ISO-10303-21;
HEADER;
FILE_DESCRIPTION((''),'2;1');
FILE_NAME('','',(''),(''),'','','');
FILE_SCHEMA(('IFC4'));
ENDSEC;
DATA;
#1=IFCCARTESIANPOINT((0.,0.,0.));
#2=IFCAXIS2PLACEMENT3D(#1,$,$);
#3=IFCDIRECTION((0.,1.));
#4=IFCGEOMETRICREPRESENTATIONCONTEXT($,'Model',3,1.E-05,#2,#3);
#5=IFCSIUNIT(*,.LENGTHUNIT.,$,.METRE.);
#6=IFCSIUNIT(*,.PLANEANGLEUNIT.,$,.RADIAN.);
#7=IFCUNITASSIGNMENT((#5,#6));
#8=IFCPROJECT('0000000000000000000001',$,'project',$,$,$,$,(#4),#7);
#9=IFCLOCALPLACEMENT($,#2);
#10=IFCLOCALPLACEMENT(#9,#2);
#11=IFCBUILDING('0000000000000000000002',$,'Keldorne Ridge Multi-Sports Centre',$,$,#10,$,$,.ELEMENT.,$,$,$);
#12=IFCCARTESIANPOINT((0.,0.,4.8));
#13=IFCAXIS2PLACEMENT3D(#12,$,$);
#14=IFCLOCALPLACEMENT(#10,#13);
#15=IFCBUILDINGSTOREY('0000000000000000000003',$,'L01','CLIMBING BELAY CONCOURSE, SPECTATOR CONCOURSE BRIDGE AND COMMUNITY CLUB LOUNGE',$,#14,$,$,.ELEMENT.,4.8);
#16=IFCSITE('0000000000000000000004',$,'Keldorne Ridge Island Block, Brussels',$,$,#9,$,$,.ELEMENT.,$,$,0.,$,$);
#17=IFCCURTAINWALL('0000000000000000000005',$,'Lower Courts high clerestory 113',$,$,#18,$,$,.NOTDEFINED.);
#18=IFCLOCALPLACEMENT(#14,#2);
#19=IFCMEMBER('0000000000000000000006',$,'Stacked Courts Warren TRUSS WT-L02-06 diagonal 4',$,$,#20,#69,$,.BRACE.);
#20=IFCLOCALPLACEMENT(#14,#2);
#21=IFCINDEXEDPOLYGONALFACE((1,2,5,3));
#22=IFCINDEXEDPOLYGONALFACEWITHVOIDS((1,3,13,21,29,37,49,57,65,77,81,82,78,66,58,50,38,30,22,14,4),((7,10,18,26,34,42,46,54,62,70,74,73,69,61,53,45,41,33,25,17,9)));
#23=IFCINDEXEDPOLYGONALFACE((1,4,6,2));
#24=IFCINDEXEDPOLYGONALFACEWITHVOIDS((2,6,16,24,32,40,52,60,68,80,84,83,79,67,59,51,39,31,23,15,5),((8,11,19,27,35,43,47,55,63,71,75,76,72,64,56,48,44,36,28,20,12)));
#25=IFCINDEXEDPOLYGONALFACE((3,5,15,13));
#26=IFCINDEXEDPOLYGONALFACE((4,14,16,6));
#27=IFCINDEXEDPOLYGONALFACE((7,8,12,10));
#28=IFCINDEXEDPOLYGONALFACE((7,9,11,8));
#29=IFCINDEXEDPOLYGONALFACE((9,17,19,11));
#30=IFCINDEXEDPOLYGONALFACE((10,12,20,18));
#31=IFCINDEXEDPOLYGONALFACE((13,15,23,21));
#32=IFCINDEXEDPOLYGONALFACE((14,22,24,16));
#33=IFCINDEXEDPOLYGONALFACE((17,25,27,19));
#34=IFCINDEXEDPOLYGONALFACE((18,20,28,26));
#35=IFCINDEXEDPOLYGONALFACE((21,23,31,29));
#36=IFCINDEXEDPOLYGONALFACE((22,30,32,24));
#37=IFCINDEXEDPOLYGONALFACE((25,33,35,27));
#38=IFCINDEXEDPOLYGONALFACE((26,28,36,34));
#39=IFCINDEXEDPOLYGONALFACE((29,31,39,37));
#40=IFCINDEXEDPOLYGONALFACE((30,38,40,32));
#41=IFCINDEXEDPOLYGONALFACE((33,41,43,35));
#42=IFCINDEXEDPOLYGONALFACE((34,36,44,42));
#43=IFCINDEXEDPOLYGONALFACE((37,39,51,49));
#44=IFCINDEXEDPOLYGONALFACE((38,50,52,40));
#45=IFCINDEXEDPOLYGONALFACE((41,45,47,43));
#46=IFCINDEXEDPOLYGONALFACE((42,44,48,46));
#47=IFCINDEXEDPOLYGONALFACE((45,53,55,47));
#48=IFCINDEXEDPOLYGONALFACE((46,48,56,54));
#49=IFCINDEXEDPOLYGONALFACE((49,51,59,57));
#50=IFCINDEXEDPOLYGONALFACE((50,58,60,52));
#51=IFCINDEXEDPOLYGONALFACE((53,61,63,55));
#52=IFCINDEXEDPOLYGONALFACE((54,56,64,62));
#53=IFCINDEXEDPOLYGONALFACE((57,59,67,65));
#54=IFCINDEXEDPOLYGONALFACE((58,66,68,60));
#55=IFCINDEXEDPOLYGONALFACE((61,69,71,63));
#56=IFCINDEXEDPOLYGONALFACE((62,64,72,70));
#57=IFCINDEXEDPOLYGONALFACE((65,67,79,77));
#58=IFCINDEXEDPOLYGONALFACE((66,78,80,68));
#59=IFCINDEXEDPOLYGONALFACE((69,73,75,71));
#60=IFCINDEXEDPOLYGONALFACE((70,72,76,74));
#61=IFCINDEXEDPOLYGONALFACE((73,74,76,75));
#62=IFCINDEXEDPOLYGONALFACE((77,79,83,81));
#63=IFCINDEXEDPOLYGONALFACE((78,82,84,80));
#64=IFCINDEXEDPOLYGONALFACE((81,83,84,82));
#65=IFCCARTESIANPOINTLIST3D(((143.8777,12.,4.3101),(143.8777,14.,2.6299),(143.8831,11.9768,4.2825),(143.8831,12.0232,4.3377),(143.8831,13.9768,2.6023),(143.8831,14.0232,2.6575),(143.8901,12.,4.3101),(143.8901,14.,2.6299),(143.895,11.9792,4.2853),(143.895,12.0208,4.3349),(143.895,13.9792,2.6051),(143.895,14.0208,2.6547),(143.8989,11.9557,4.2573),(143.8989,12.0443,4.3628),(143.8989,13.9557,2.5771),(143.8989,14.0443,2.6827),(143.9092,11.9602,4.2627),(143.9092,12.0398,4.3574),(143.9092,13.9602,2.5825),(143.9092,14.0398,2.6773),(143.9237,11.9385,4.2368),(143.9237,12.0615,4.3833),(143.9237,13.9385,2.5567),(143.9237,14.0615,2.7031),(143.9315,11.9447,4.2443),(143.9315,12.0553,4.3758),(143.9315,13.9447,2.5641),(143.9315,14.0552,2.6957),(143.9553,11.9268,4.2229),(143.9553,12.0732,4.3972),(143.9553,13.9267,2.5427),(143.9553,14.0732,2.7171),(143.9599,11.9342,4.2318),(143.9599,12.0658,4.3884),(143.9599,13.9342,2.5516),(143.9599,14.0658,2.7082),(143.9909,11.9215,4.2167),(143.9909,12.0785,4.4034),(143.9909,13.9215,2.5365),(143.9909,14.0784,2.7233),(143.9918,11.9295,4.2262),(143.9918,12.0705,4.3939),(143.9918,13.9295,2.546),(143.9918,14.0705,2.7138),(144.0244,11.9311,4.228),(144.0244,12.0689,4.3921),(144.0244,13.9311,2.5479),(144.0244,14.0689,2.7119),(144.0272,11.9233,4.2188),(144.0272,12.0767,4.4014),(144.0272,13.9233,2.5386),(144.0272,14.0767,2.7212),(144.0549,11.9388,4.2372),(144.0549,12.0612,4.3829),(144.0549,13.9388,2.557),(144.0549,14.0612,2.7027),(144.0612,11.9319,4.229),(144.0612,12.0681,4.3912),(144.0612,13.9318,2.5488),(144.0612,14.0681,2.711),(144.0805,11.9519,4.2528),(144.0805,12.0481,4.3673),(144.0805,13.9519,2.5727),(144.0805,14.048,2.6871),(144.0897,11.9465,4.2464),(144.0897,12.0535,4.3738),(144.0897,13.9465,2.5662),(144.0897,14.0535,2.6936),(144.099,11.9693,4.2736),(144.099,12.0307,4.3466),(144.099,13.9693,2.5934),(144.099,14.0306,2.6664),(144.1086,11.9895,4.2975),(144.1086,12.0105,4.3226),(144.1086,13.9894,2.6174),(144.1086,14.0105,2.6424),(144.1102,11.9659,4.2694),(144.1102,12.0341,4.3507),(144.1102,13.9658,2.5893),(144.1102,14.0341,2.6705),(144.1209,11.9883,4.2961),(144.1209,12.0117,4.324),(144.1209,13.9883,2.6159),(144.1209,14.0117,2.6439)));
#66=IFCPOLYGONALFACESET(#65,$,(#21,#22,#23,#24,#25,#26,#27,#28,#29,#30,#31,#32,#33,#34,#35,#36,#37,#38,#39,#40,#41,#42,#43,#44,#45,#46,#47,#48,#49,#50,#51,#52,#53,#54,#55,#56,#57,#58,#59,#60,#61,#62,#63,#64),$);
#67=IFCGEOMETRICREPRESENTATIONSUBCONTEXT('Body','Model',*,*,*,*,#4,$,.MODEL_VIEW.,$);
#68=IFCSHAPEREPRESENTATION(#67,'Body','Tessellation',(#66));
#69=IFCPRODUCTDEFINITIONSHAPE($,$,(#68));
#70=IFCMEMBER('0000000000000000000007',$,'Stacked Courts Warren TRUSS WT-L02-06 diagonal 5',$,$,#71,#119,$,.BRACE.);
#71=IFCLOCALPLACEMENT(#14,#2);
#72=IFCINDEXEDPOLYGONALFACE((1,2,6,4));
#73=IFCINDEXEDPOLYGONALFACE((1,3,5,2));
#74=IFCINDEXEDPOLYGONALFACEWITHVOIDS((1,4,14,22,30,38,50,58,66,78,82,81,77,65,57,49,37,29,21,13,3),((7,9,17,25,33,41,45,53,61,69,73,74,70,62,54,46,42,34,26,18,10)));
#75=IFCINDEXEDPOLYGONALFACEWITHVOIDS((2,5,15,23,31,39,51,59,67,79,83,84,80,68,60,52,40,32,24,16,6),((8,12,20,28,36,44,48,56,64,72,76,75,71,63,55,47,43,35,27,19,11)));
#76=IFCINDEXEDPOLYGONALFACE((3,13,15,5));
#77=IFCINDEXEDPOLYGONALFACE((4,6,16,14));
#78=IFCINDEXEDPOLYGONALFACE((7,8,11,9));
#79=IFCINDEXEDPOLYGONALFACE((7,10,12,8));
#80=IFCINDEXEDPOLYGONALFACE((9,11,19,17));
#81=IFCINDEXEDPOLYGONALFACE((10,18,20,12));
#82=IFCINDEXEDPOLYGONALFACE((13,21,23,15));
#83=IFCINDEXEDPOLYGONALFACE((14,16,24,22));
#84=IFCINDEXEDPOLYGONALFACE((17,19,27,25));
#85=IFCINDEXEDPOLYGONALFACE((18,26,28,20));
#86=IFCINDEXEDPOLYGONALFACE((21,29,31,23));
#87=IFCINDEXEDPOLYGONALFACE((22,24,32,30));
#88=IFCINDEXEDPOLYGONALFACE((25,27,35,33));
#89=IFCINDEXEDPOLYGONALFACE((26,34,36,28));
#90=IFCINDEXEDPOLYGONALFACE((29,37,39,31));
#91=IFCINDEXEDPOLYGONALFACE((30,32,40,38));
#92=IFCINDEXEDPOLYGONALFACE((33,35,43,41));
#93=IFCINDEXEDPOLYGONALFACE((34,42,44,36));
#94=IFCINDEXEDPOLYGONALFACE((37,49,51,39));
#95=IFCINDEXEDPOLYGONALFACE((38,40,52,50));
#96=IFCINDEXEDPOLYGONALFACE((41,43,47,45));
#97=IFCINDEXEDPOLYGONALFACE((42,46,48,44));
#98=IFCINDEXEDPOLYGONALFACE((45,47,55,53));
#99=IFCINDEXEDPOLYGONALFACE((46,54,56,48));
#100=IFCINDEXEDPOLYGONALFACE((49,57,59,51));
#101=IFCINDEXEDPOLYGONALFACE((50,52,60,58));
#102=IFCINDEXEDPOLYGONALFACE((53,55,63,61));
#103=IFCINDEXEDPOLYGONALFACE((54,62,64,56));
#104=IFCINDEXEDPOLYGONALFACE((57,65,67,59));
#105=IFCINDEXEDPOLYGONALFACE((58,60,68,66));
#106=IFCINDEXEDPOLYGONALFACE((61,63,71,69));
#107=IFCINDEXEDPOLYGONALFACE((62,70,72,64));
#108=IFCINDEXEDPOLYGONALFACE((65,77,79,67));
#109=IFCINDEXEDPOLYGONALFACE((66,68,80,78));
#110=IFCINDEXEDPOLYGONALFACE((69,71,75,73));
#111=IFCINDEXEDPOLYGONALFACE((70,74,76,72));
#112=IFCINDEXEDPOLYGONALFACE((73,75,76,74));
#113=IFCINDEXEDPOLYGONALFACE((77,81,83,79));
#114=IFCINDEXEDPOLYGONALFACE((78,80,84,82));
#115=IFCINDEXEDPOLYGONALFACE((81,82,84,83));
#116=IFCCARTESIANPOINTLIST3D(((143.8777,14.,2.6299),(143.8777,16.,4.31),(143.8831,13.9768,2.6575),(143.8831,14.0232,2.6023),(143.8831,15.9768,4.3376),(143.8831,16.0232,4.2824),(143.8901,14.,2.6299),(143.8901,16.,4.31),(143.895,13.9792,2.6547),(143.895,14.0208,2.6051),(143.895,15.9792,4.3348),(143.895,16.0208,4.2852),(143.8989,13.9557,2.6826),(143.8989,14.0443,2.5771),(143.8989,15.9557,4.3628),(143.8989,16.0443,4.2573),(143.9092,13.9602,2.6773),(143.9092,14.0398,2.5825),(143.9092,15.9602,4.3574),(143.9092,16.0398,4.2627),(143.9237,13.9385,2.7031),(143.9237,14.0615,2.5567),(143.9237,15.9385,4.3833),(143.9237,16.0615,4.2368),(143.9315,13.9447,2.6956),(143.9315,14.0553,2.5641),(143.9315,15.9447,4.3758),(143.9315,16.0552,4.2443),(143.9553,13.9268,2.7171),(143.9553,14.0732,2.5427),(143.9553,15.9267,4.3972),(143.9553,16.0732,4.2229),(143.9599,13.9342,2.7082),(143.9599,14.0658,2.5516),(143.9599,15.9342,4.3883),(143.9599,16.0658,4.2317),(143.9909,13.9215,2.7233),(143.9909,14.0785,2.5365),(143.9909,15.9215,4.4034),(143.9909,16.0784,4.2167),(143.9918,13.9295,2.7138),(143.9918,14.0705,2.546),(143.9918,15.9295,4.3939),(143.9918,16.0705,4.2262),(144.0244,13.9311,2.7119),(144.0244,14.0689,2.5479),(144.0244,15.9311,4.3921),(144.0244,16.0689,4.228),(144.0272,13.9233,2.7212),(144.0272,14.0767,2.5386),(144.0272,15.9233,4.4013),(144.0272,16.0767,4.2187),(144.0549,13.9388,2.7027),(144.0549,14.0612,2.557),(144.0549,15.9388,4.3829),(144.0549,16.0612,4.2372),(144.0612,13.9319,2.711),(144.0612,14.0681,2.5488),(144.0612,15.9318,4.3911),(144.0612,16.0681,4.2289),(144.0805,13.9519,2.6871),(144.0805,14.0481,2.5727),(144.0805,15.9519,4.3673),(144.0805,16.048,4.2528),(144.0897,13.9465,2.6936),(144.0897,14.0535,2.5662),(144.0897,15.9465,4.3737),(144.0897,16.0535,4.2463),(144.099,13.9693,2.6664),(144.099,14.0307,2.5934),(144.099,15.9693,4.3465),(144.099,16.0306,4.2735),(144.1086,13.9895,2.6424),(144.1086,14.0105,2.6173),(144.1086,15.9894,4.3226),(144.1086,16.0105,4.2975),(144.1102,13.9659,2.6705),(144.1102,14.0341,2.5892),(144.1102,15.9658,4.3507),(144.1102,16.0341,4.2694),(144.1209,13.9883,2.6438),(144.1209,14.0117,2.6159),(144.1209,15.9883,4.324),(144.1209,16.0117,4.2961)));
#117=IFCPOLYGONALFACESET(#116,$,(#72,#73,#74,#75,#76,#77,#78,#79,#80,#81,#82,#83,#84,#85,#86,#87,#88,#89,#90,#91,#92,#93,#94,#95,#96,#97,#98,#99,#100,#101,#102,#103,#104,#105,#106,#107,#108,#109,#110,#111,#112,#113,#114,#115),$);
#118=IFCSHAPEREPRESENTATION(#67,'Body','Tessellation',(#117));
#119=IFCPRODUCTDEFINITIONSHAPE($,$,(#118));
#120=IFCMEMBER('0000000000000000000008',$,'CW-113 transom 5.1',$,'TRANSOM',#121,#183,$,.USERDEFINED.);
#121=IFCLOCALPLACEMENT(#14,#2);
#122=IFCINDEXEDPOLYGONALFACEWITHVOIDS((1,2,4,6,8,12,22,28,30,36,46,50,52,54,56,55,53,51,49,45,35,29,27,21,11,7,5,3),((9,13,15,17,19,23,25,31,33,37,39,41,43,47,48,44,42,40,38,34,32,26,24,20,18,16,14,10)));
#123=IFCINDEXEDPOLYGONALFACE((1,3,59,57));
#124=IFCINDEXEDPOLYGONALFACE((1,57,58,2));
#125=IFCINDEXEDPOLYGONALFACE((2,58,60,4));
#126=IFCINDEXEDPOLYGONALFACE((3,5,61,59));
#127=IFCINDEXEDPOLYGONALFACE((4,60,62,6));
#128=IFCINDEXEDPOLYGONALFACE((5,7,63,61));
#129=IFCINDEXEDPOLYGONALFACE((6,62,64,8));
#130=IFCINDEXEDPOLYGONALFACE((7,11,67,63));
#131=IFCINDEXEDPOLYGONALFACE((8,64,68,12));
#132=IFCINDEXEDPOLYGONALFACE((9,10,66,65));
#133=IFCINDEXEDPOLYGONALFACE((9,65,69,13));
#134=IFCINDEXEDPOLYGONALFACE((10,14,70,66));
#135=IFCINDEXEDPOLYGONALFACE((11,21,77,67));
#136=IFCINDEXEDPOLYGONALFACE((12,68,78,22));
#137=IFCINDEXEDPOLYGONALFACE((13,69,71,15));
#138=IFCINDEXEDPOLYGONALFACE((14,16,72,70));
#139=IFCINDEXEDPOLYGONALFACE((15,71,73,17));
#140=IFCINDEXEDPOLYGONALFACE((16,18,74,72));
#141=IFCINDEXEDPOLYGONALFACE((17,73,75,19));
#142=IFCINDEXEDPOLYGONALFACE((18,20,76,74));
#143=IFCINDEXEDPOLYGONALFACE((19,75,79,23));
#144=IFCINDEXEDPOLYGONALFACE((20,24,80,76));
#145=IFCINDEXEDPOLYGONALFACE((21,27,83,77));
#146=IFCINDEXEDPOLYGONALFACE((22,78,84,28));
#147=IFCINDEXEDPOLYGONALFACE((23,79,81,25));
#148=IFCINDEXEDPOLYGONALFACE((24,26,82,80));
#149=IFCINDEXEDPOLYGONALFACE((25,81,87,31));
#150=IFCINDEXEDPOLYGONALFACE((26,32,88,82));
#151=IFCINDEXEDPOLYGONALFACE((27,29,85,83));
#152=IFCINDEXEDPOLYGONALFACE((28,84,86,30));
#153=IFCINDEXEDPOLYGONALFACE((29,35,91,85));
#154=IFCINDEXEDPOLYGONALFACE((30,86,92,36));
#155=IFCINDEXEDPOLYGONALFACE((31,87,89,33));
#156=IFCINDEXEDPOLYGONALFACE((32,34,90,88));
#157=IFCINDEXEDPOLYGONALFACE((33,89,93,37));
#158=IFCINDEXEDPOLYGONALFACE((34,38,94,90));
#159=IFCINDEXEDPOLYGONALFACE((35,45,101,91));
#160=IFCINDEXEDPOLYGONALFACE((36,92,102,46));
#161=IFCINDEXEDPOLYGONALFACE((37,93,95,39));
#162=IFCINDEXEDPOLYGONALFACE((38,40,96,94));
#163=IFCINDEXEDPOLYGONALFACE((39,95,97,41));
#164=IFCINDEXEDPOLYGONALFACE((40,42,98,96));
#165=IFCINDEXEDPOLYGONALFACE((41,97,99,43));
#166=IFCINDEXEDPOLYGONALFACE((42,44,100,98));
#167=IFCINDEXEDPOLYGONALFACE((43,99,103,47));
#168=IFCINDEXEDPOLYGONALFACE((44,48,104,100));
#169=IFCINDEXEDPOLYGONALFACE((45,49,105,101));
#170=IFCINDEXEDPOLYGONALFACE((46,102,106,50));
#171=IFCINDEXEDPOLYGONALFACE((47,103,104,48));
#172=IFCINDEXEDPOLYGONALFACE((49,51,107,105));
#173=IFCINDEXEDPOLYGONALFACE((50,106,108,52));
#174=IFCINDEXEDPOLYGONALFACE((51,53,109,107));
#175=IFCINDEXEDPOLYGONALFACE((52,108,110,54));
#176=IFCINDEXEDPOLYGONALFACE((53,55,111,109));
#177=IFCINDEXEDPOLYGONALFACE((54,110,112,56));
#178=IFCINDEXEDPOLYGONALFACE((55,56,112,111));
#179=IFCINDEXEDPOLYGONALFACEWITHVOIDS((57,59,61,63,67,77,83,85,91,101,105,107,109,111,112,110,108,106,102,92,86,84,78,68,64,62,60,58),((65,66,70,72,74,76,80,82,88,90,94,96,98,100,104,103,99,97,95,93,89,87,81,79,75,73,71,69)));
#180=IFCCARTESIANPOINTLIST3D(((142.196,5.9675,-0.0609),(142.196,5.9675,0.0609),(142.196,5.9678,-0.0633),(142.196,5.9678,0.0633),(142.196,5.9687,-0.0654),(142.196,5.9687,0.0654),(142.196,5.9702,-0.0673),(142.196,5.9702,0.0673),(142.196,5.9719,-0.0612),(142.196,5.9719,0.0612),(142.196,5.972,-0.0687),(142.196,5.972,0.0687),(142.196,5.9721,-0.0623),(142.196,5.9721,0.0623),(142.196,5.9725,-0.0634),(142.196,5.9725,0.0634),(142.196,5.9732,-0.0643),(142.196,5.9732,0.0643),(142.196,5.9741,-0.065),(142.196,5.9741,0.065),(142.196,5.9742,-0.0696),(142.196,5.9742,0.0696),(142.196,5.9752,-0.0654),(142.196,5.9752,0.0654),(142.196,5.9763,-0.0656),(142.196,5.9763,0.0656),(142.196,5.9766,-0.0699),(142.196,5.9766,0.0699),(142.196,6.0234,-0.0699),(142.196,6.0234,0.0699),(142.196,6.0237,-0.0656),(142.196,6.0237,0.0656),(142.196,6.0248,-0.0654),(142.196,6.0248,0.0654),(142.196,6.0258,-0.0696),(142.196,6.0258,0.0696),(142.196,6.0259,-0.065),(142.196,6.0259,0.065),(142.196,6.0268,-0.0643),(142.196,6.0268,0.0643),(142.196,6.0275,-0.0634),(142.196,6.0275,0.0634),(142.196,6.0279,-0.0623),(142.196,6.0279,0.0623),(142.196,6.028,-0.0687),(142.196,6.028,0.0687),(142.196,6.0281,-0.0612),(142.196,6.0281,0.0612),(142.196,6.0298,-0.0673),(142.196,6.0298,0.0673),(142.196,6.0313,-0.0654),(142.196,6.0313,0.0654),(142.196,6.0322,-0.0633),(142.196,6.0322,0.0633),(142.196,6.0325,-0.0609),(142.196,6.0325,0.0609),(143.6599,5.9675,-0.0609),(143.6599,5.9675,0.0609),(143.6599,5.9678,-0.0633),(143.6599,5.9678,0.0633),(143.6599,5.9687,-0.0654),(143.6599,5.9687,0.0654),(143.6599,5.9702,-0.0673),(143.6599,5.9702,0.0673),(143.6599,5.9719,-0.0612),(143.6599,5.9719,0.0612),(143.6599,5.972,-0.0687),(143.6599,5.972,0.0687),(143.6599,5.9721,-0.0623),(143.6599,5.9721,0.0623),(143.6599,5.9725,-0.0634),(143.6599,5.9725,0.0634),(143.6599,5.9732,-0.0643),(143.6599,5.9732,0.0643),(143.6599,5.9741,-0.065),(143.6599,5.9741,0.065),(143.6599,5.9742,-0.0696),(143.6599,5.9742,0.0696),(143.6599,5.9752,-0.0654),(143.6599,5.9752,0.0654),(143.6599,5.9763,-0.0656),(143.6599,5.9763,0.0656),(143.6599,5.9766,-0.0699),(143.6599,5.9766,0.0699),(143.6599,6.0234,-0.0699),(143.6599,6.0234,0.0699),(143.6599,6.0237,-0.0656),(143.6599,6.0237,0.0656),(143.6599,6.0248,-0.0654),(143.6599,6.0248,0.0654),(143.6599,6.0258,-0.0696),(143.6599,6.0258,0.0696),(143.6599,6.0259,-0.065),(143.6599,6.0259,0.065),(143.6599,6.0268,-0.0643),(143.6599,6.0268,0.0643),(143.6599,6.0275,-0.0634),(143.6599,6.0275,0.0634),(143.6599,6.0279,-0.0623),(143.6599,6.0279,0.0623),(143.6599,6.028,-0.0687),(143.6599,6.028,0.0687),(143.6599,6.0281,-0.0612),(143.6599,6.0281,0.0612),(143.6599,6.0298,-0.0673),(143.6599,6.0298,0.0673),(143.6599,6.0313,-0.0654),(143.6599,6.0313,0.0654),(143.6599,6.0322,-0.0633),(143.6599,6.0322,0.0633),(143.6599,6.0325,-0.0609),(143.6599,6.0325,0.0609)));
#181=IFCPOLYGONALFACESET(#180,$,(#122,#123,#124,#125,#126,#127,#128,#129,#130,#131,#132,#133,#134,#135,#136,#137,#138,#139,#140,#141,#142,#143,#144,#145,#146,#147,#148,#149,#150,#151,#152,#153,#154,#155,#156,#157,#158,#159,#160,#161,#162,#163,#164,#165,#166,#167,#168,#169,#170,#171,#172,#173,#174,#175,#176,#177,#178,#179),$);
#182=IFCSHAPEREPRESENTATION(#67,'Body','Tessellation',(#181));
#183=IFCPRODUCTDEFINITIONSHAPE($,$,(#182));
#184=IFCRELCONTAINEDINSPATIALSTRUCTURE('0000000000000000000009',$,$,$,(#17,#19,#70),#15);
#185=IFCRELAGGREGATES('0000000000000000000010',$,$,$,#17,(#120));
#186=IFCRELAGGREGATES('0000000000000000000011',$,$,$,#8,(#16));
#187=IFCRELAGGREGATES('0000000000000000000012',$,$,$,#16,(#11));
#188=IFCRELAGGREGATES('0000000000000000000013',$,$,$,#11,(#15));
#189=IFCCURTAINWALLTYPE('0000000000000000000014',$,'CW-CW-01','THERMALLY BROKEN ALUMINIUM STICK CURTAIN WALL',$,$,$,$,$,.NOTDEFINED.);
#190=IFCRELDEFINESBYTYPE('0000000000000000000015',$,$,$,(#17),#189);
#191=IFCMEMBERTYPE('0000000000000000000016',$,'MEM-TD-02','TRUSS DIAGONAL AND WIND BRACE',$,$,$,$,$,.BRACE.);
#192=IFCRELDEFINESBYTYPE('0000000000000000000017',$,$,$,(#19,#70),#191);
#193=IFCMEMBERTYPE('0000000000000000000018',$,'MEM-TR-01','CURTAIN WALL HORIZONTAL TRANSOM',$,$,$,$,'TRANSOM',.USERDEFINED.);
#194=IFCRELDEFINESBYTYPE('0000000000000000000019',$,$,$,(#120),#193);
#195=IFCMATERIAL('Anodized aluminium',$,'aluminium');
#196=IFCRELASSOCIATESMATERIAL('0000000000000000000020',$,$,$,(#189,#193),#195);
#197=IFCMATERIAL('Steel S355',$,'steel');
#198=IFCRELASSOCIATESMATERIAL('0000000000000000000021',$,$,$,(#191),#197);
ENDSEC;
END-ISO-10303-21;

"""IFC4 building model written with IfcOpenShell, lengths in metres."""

from ifc_helpers import new_model, si_unit, direction, frame, origin, origin_2d, place, context, subcontext, project, spatial, hollow_rectangle, hollow_circle, extrude, material, material_profile, profile_set, type_object, element, aggregate, save


model = new_model("IFC4")

# Units and contexts
model_context = context("Model", 3, precision=1e-05, world=origin(), true_north=direction((0.0, 1.0)))
body_context = subcontext(model_context, "Body", "Model", "MODEL_VIEW")
ifc_project = project(units=[si_unit("LENGTHUNIT", "METRE"), si_unit("PLANEANGLEUNIT", "RADIAN")], contexts=[model_context])

# Site, building, storey
site_placement = place(None, origin())
site = spatial("IfcSite", under=ifc_project, at=site_placement, Name="Keldorne Ridge Island Block, Brussels", CompositionType="ELEMENT", RefElevation=0.0)
building_placement = place(site_placement, origin())
building = spatial("IfcBuilding", under=site, at=building_placement, Name="Keldorne Ridge Multi-Sports Centre", CompositionType="ELEMENT")
storey_placement = place(building_placement, frame((0.0, 0.0, 4.8)))
storey = spatial("IfcBuildingStorey", under=building, at=storey_placement, Name="L01", Description="CLIMBING BELAY CONCOURSE, SPECTATOR CONCOURSE BRIDGE AND COMMUNITY CLUB LOUNGE", CompositionType="ELEMENT", Elevation=4.8)

# Shared definitions
ifc_material_1 = material(Name="Steel S355", Category="steel")

# Curtain wall
ifc_material_2 = material(Name="Anodized aluminium", Category="aluminium")
curtain_wall_type = type_object("IfcCurtainWallType", Name="CW-CW-01", Description="THERMALLY BROKEN ALUMINIUM STICK CURTAIN WALL", PredefinedType="NOTDEFINED", material=ifc_material_2)
curtain_wall_placement = place(storey_placement, origin())
curtain_wall = element("IfcCurtainWall", 1, at=curtain_wall_placement, inside=storey, type_object=curtain_wall_type, Name="Lower Courts high clerestory 113", PredefinedType="NOTDEFINED")

# Members
ifc_material_profile_1 = material_profile(ifc_material_1, hollow_circle(Radius=0.1223, WallThickness=0.0125, at=origin_2d()), Name="CHS 244.5x12.5")
ifc_profile_set_1 = profile_set([ifc_material_profile_1], Name="Steel S355")
member_type_1 = type_object("IfcMemberType", Name="MEM-TD-02", Description="TRUSS DIAGONAL AND WIND BRACE", PredefinedType="BRACE", material=ifc_profile_set_1)
for number, where, z_axis, x_axis, name in (
    (2, (144.0, 12.0, 4.3101), (0.0, 0.765672, -0.643232), (-1.0, 0.0, 0.0), "Stacked Courts Warren TRUSS WT-L02-06 diagonal 4"),
    (3, (144.0, 14.0, 2.6299), (0.0, 0.765672, 0.643232), (-1.0, 0.0, 0.0), "Stacked Courts Warren TRUSS WT-L02-06 diagonal 5"),
):
    element("IfcMember", number, at=place(storey_placement, frame(where, z_axis=z_axis, x_axis=x_axis)), inside=storey, type_object=member_type_1, Name=name, PredefinedType="BRACE", context=body_context, shape_type="SweptSolid", body=[
        extrude(hollow_circle(Radius=0.1223, WallThickness=0.0125, at=origin_2d()), origin(), (0.0, 0.0, 1.0), 2.6121),
    ])

# Member
ifc_material_profile_2 = material_profile(ifc_material_2, hollow_rectangle(XDim=0.0649, YDim=0.1399, WallThickness=0.0044, InnerFilletRadius=0.0044, OuterFilletRadius=0.009, at=origin_2d()), Name="ALU TRANSOM 140x65x4.5")
ifc_profile_set_2 = profile_set([ifc_material_profile_2], Name="Anodized aluminium")
member_type_2 = type_object("IfcMemberType", Name="MEM-TR-01", Description="CURTAIN WALL HORIZONTAL TRANSOM", ElementType="TRANSOM", PredefinedType="USERDEFINED", material=ifc_profile_set_2)
member_1_placement = place(storey_placement, frame((142.196, 6.0, 0.0), z_axis=(1.0, 0.0, 0.0), x_axis=(0.0, 1.0, 0.0)))
member_1 = element("IfcMember", 4, at=member_1_placement, type_object=member_type_2, Name="CW-113 transom 5.1", ObjectType="TRANSOM", PredefinedType="USERDEFINED", context=body_context, shape_type="SweptSolid", body=[
    extrude(hollow_rectangle(XDim=0.0649, YDim=0.1399, WallThickness=0.0044, InnerFilletRadius=0.0044, OuterFilletRadius=0.009, at=origin_2d()), origin(), (0.0, 0.0, 1.0), 1.4639),
])

aggregate(curtain_wall, [member_1])

save(model, "model.ifc")
